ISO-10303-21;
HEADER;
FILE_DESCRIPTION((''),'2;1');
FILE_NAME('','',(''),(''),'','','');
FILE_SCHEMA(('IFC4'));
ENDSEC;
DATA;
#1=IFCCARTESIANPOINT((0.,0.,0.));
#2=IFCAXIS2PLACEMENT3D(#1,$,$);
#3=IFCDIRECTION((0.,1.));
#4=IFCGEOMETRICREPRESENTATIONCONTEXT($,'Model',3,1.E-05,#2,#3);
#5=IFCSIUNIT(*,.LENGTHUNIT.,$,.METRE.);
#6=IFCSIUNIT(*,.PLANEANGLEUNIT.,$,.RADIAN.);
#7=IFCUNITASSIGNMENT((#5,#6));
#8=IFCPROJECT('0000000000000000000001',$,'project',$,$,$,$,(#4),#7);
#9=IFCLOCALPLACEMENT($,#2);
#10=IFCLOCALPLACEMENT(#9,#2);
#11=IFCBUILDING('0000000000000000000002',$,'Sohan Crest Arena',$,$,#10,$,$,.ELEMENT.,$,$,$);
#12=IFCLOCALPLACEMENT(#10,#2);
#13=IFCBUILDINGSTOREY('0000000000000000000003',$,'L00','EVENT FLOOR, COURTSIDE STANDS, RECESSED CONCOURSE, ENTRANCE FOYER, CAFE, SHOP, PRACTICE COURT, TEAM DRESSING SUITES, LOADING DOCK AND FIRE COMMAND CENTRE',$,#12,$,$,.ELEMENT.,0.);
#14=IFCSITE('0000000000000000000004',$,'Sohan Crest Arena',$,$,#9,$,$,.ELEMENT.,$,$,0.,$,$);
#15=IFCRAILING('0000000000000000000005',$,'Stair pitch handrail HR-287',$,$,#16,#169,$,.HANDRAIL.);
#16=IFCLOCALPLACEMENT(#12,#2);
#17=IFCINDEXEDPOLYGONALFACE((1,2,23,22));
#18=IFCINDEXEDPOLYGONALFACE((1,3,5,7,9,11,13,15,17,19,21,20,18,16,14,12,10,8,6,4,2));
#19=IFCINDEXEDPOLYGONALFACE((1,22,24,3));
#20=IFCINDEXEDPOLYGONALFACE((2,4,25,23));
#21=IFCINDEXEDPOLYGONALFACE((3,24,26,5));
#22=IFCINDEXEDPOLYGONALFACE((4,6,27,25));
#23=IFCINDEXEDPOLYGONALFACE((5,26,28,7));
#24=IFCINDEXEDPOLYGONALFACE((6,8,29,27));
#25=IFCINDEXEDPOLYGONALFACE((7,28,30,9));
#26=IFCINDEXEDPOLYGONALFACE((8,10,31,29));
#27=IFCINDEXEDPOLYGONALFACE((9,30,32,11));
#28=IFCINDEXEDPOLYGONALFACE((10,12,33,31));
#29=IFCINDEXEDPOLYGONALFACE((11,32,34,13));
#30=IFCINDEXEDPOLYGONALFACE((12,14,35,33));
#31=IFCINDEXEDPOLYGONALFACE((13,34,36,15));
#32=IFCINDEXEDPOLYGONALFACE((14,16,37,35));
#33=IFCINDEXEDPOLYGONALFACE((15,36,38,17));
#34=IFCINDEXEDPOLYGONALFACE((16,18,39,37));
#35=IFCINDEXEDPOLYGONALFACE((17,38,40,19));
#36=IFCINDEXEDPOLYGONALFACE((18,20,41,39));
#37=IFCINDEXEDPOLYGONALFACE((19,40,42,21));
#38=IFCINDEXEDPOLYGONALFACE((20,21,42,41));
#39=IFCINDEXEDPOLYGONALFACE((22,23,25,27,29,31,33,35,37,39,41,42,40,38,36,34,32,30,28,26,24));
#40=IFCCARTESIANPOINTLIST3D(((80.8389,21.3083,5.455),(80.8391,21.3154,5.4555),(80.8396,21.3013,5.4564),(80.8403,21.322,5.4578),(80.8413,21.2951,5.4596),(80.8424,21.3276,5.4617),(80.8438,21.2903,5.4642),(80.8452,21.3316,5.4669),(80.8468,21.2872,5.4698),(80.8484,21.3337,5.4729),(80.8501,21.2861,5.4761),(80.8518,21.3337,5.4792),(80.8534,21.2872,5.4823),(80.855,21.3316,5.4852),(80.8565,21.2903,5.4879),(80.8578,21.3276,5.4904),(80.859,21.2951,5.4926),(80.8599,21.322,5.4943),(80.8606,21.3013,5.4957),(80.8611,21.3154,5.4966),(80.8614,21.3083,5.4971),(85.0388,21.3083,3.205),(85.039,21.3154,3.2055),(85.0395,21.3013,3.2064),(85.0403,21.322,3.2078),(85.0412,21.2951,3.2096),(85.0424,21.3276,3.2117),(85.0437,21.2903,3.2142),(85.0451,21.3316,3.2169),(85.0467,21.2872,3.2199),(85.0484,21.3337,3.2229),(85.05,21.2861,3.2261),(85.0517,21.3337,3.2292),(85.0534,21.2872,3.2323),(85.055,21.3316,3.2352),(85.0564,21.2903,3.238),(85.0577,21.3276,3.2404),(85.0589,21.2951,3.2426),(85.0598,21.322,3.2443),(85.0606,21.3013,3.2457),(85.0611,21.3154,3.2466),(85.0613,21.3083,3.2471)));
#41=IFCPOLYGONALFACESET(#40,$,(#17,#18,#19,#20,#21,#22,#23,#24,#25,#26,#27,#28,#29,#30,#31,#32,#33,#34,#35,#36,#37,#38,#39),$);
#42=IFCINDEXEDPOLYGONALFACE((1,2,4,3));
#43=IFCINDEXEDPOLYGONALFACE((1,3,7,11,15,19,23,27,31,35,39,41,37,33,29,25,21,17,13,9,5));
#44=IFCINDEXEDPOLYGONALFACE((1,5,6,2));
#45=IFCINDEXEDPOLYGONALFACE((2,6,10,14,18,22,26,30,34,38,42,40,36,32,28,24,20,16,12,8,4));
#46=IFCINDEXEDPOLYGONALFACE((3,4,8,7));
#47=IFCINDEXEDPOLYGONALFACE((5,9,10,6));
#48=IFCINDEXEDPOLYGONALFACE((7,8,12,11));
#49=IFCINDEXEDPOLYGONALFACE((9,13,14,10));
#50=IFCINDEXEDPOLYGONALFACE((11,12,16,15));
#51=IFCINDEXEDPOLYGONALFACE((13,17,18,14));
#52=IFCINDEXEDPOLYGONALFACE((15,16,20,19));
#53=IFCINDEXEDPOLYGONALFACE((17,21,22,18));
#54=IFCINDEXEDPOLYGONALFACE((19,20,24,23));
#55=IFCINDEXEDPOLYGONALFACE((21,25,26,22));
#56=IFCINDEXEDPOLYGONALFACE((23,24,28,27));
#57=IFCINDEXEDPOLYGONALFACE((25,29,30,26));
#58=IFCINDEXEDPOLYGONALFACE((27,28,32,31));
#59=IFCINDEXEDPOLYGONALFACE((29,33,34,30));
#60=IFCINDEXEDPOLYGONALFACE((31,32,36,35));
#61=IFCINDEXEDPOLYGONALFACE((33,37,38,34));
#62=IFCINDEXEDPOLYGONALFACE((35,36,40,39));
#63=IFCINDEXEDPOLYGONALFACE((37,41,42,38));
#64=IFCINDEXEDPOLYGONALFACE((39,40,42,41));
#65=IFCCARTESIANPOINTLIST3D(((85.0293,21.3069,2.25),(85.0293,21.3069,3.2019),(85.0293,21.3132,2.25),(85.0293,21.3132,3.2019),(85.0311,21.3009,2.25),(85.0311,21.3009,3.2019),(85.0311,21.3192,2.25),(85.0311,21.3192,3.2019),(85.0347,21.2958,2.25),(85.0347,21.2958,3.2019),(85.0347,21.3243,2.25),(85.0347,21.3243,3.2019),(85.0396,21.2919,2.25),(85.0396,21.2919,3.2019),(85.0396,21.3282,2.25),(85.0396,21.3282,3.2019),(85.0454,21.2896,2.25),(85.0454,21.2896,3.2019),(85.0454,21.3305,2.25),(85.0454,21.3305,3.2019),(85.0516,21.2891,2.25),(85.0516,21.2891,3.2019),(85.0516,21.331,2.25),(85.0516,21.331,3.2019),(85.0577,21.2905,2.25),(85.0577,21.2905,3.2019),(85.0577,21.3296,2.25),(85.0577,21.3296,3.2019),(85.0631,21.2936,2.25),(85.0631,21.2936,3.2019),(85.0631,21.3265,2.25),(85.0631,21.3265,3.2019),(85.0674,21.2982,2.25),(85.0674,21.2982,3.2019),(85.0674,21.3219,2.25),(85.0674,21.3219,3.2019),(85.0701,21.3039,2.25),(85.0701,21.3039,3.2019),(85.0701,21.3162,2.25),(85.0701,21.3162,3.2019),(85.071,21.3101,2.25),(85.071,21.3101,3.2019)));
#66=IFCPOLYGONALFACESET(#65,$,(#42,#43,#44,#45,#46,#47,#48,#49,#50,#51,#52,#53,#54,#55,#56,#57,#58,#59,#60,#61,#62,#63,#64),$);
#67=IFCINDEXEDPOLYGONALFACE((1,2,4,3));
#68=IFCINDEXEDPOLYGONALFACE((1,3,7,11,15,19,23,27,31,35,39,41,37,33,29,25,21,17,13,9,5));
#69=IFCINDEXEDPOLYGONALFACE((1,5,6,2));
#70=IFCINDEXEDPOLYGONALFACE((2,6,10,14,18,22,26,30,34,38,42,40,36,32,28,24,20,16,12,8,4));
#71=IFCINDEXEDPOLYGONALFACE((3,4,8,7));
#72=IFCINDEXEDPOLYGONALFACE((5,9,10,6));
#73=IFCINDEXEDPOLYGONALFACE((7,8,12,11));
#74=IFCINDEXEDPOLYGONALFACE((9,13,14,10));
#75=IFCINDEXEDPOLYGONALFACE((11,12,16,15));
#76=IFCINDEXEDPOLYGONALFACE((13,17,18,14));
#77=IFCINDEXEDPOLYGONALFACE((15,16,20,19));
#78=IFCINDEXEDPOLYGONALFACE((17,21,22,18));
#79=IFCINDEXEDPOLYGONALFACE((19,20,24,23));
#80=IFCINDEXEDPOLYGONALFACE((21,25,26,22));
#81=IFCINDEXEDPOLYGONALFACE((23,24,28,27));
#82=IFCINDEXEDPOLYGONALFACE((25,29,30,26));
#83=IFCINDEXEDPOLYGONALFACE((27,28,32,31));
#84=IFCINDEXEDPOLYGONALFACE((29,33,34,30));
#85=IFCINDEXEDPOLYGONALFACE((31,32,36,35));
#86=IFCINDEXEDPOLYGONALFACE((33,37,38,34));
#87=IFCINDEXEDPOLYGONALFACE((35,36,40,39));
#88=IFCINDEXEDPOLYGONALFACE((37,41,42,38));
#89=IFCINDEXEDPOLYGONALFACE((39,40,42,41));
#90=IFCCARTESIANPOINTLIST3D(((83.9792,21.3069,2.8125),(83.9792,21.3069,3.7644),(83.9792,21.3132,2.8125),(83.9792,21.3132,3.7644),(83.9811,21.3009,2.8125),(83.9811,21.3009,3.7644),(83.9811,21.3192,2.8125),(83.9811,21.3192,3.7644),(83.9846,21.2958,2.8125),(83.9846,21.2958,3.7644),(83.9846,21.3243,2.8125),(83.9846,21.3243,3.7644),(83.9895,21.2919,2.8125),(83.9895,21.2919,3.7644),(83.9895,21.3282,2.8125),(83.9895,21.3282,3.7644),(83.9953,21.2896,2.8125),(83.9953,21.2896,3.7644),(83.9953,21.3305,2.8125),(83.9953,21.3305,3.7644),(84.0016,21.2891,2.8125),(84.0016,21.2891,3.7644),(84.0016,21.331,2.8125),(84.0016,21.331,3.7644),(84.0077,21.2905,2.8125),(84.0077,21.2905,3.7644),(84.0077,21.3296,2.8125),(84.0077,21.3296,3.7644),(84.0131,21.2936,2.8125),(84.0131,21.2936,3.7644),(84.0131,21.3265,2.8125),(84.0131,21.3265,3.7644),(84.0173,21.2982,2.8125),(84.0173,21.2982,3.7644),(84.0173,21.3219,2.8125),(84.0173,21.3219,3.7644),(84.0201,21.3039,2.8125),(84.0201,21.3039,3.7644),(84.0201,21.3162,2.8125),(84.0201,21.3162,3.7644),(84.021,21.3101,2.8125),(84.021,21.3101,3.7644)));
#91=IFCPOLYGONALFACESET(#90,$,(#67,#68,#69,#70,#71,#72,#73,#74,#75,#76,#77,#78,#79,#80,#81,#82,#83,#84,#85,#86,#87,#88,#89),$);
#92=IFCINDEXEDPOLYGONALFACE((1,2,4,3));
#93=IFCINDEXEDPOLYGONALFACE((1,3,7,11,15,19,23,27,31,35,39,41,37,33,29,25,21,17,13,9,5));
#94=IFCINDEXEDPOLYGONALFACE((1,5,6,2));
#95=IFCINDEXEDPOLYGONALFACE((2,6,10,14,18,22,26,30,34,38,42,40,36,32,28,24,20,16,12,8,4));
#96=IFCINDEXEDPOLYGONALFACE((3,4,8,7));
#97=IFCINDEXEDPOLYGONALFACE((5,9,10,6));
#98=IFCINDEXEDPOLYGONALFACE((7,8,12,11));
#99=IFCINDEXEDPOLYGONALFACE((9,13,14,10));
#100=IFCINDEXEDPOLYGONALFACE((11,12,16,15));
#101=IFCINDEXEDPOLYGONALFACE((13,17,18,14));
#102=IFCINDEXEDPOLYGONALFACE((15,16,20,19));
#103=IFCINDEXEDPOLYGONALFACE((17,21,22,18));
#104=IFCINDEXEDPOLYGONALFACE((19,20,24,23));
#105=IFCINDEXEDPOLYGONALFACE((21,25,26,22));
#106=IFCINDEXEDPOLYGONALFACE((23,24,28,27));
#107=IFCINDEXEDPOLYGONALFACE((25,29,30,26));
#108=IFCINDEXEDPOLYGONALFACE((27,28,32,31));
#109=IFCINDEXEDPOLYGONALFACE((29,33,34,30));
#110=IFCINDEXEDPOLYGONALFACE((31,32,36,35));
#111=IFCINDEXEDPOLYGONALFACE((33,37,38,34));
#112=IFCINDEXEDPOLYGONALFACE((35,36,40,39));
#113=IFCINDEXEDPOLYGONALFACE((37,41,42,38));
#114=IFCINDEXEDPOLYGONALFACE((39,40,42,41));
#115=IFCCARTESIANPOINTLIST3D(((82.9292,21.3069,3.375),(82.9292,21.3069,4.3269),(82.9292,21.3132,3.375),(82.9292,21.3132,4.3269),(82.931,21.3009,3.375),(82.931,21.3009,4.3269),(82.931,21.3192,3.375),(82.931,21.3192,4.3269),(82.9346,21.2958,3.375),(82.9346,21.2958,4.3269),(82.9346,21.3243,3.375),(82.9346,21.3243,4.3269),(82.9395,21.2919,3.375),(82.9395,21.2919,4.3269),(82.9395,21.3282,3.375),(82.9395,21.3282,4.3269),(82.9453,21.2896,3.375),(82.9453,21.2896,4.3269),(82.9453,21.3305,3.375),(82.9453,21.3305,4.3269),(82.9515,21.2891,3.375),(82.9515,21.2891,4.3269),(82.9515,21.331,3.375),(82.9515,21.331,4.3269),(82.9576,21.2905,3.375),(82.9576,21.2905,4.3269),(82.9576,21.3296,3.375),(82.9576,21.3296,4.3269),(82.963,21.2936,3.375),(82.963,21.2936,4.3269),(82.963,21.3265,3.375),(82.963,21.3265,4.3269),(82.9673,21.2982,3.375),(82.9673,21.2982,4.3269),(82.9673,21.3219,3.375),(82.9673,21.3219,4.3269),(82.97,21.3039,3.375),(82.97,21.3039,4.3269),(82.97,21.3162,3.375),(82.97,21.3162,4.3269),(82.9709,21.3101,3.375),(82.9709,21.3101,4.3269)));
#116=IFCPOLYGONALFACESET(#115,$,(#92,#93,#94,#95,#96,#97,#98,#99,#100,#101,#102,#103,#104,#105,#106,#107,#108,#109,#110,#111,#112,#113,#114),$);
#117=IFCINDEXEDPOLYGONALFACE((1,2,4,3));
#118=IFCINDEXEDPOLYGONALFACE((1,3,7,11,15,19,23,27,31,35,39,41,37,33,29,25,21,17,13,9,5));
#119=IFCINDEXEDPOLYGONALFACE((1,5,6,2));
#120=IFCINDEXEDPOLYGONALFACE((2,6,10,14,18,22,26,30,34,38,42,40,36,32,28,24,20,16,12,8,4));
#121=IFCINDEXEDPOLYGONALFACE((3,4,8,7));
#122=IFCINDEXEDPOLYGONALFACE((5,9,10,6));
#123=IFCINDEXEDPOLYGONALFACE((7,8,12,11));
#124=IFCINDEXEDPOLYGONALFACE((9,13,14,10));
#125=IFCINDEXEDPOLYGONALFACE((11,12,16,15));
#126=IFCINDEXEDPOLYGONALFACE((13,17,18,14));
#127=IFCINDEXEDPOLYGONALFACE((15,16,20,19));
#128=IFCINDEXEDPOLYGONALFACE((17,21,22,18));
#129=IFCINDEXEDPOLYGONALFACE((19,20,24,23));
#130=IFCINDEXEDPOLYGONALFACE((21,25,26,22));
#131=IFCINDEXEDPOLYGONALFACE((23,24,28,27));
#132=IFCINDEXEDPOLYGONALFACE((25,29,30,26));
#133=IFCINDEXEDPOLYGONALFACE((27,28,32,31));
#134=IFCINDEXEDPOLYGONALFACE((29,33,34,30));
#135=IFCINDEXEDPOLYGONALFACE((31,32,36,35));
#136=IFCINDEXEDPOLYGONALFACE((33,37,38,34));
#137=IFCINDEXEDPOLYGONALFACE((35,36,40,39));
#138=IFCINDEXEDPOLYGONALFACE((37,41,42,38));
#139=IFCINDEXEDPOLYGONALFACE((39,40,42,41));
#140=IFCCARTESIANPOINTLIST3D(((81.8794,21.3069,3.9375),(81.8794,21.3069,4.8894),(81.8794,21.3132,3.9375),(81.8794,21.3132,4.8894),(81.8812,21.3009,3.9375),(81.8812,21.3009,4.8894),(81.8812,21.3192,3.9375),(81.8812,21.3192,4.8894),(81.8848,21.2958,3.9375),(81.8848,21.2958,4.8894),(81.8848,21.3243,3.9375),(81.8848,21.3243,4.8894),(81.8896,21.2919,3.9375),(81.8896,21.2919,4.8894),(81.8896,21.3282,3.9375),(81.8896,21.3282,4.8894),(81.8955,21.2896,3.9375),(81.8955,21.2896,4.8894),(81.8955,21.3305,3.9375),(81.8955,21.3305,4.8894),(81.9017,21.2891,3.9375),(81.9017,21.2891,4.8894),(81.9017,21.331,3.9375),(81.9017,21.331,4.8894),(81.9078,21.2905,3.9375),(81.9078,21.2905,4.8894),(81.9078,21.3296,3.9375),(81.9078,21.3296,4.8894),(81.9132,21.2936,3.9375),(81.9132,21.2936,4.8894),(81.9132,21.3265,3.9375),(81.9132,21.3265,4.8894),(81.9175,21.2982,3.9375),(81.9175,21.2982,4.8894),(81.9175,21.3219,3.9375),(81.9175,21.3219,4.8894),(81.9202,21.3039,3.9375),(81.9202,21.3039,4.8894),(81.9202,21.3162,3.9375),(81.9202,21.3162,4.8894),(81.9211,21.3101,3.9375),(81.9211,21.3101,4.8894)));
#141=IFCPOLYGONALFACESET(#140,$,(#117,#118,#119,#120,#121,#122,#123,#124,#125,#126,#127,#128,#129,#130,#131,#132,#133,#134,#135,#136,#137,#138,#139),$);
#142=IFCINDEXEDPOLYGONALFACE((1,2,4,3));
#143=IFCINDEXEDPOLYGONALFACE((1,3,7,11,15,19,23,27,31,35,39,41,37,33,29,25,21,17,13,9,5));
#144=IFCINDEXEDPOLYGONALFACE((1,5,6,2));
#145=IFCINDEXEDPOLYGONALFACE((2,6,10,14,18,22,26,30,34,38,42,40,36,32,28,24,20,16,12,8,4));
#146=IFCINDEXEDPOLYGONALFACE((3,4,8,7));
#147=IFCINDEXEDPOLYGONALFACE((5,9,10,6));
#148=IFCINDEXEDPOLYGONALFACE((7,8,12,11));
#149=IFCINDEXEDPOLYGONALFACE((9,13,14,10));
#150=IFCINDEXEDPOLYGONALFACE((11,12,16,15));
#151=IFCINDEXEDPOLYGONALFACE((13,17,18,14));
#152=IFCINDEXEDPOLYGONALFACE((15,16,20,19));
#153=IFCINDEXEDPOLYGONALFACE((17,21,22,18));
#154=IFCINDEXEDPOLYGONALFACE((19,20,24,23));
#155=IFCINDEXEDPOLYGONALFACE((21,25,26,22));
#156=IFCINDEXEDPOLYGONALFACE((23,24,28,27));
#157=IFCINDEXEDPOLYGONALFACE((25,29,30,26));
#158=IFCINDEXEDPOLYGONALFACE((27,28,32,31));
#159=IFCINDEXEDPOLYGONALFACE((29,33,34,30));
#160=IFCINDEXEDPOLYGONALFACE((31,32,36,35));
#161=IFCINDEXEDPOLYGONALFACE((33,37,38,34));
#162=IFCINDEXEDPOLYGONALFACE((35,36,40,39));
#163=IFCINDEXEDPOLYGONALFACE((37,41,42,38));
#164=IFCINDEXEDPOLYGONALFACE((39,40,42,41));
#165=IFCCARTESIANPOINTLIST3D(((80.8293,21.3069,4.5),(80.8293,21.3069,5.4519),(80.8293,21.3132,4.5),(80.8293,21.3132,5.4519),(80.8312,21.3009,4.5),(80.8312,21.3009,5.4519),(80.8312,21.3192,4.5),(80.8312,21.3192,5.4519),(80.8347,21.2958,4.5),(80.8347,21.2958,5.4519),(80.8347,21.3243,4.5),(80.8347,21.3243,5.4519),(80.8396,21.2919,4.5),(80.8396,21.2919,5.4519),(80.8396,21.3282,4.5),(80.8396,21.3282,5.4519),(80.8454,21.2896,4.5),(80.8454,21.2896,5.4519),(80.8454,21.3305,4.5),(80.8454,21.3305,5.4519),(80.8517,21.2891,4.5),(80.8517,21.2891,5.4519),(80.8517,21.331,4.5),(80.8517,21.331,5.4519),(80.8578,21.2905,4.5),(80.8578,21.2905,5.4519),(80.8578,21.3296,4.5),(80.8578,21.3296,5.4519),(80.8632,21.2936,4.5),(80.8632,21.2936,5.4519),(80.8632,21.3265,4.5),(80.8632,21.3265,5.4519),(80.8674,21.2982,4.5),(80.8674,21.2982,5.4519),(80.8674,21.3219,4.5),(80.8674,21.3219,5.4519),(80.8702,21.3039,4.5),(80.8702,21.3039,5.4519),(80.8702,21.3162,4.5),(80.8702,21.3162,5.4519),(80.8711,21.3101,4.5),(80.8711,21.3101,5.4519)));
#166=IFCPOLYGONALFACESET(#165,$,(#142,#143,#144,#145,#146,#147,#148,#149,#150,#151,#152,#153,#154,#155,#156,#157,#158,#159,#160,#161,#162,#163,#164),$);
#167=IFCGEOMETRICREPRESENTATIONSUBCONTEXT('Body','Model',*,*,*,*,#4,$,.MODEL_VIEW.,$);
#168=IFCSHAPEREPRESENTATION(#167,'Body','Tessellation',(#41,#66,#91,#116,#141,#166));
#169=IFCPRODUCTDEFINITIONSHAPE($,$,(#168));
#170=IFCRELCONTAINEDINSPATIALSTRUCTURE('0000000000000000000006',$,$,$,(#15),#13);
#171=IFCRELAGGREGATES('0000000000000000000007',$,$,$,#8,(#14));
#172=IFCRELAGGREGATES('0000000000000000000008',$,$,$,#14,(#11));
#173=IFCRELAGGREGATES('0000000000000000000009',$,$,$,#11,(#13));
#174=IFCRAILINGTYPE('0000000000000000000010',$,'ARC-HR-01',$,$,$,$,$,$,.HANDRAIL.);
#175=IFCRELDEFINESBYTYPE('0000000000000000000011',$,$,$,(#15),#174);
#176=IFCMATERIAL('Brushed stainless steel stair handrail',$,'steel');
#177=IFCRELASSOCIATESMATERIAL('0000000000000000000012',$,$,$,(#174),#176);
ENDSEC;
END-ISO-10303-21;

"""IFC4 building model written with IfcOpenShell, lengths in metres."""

from ifc_helpers import new_model, si_unit, direction, frame, origin, origin_2d, place, context, subcontext, project, spatial, circle, extrude, material, type_object, element, save


model = new_model("IFC4")

# Units and contexts
model_context = context("Model", 3, precision=1e-05, world=origin(), true_north=direction((0.0, 1.0)))
body_context = subcontext(model_context, "Body", "Model", "MODEL_VIEW")
ifc_project = project(units=[si_unit("LENGTHUNIT", "METRE"), si_unit("PLANEANGLEUNIT", "RADIAN")], contexts=[model_context])

# Site, building, storey
site_placement = place(None, origin())
site = spatial("IfcSite", under=ifc_project, at=site_placement, Name="Sohan Crest Arena", CompositionType="ELEMENT", RefElevation=0.0)
building_placement = place(site_placement, origin())
building = spatial("IfcBuilding", under=site, at=building_placement, Name="Sohan Crest Arena", CompositionType="ELEMENT")
storey_placement = place(building_placement, origin())
storey = spatial("IfcBuildingStorey", under=building, at=storey_placement, Name="L00", Description="EVENT FLOOR, COURTSIDE STANDS, RECESSED CONCOURSE, ENTRANCE FOYER, CAFE, SHOP, PRACTICE COURT, TEAM DRESSING SUITES, LOADING DOCK AND FIRE COMMAND CENTRE", CompositionType="ELEMENT", Elevation=0.0)

# Railing
ifc_material_1 = material(Name="Brushed stainless steel stair handrail", Category="steel")
railing_type_1 = type_object("IfcRailingType", Name="ARC-HR-01", PredefinedType="HANDRAIL", material=ifc_material_1)
railing_1_placement = place(storey_placement, frame((85.05, 21.3101, 2.25)))
element("IfcRailing", 1, at=railing_1_placement, inside=storey, type_object=railing_type_1, Name="Stair pitch handrail HR-287", PredefinedType="HANDRAIL", context=body_context, shape_type="SweptSolid", body=[
    extrude(circle(Radius=0.0239, at=origin_2d()), frame((0.0, 0.0, 0.9761), z_axis=(-0.881478, 0.0, 0.472226), x_axis=(0.0, -1.0, 0.0)), (0.0, 0.0, 1.0), 4.7646),
    extrude(circle(Radius=0.021, at=origin_2d()), origin(), (0.0, 0.0, 1.0), 0.9519),
    extrude(circle(Radius=0.021, at=origin_2d()), frame((-1.05, 0.0, 0.5625)), (0.0, 0.0, 1.0), 0.9519),
    extrude(circle(Radius=0.021, at=origin_2d()), frame((-2.1001, 0.0, 1.125)), (0.0, 0.0, 1.0), 0.9519),
    extrude(circle(Radius=0.021, at=origin_2d()), frame((-3.1499, 0.0, 1.6875)), (0.0, 0.0, 1.0), 0.9519),
    extrude(circle(Radius=0.021, at=origin_2d()), frame((-4.2, 0.0, 2.25)), (0.0, 0.0, 1.0), 0.9519),
])

save(model, "model.ifc")
